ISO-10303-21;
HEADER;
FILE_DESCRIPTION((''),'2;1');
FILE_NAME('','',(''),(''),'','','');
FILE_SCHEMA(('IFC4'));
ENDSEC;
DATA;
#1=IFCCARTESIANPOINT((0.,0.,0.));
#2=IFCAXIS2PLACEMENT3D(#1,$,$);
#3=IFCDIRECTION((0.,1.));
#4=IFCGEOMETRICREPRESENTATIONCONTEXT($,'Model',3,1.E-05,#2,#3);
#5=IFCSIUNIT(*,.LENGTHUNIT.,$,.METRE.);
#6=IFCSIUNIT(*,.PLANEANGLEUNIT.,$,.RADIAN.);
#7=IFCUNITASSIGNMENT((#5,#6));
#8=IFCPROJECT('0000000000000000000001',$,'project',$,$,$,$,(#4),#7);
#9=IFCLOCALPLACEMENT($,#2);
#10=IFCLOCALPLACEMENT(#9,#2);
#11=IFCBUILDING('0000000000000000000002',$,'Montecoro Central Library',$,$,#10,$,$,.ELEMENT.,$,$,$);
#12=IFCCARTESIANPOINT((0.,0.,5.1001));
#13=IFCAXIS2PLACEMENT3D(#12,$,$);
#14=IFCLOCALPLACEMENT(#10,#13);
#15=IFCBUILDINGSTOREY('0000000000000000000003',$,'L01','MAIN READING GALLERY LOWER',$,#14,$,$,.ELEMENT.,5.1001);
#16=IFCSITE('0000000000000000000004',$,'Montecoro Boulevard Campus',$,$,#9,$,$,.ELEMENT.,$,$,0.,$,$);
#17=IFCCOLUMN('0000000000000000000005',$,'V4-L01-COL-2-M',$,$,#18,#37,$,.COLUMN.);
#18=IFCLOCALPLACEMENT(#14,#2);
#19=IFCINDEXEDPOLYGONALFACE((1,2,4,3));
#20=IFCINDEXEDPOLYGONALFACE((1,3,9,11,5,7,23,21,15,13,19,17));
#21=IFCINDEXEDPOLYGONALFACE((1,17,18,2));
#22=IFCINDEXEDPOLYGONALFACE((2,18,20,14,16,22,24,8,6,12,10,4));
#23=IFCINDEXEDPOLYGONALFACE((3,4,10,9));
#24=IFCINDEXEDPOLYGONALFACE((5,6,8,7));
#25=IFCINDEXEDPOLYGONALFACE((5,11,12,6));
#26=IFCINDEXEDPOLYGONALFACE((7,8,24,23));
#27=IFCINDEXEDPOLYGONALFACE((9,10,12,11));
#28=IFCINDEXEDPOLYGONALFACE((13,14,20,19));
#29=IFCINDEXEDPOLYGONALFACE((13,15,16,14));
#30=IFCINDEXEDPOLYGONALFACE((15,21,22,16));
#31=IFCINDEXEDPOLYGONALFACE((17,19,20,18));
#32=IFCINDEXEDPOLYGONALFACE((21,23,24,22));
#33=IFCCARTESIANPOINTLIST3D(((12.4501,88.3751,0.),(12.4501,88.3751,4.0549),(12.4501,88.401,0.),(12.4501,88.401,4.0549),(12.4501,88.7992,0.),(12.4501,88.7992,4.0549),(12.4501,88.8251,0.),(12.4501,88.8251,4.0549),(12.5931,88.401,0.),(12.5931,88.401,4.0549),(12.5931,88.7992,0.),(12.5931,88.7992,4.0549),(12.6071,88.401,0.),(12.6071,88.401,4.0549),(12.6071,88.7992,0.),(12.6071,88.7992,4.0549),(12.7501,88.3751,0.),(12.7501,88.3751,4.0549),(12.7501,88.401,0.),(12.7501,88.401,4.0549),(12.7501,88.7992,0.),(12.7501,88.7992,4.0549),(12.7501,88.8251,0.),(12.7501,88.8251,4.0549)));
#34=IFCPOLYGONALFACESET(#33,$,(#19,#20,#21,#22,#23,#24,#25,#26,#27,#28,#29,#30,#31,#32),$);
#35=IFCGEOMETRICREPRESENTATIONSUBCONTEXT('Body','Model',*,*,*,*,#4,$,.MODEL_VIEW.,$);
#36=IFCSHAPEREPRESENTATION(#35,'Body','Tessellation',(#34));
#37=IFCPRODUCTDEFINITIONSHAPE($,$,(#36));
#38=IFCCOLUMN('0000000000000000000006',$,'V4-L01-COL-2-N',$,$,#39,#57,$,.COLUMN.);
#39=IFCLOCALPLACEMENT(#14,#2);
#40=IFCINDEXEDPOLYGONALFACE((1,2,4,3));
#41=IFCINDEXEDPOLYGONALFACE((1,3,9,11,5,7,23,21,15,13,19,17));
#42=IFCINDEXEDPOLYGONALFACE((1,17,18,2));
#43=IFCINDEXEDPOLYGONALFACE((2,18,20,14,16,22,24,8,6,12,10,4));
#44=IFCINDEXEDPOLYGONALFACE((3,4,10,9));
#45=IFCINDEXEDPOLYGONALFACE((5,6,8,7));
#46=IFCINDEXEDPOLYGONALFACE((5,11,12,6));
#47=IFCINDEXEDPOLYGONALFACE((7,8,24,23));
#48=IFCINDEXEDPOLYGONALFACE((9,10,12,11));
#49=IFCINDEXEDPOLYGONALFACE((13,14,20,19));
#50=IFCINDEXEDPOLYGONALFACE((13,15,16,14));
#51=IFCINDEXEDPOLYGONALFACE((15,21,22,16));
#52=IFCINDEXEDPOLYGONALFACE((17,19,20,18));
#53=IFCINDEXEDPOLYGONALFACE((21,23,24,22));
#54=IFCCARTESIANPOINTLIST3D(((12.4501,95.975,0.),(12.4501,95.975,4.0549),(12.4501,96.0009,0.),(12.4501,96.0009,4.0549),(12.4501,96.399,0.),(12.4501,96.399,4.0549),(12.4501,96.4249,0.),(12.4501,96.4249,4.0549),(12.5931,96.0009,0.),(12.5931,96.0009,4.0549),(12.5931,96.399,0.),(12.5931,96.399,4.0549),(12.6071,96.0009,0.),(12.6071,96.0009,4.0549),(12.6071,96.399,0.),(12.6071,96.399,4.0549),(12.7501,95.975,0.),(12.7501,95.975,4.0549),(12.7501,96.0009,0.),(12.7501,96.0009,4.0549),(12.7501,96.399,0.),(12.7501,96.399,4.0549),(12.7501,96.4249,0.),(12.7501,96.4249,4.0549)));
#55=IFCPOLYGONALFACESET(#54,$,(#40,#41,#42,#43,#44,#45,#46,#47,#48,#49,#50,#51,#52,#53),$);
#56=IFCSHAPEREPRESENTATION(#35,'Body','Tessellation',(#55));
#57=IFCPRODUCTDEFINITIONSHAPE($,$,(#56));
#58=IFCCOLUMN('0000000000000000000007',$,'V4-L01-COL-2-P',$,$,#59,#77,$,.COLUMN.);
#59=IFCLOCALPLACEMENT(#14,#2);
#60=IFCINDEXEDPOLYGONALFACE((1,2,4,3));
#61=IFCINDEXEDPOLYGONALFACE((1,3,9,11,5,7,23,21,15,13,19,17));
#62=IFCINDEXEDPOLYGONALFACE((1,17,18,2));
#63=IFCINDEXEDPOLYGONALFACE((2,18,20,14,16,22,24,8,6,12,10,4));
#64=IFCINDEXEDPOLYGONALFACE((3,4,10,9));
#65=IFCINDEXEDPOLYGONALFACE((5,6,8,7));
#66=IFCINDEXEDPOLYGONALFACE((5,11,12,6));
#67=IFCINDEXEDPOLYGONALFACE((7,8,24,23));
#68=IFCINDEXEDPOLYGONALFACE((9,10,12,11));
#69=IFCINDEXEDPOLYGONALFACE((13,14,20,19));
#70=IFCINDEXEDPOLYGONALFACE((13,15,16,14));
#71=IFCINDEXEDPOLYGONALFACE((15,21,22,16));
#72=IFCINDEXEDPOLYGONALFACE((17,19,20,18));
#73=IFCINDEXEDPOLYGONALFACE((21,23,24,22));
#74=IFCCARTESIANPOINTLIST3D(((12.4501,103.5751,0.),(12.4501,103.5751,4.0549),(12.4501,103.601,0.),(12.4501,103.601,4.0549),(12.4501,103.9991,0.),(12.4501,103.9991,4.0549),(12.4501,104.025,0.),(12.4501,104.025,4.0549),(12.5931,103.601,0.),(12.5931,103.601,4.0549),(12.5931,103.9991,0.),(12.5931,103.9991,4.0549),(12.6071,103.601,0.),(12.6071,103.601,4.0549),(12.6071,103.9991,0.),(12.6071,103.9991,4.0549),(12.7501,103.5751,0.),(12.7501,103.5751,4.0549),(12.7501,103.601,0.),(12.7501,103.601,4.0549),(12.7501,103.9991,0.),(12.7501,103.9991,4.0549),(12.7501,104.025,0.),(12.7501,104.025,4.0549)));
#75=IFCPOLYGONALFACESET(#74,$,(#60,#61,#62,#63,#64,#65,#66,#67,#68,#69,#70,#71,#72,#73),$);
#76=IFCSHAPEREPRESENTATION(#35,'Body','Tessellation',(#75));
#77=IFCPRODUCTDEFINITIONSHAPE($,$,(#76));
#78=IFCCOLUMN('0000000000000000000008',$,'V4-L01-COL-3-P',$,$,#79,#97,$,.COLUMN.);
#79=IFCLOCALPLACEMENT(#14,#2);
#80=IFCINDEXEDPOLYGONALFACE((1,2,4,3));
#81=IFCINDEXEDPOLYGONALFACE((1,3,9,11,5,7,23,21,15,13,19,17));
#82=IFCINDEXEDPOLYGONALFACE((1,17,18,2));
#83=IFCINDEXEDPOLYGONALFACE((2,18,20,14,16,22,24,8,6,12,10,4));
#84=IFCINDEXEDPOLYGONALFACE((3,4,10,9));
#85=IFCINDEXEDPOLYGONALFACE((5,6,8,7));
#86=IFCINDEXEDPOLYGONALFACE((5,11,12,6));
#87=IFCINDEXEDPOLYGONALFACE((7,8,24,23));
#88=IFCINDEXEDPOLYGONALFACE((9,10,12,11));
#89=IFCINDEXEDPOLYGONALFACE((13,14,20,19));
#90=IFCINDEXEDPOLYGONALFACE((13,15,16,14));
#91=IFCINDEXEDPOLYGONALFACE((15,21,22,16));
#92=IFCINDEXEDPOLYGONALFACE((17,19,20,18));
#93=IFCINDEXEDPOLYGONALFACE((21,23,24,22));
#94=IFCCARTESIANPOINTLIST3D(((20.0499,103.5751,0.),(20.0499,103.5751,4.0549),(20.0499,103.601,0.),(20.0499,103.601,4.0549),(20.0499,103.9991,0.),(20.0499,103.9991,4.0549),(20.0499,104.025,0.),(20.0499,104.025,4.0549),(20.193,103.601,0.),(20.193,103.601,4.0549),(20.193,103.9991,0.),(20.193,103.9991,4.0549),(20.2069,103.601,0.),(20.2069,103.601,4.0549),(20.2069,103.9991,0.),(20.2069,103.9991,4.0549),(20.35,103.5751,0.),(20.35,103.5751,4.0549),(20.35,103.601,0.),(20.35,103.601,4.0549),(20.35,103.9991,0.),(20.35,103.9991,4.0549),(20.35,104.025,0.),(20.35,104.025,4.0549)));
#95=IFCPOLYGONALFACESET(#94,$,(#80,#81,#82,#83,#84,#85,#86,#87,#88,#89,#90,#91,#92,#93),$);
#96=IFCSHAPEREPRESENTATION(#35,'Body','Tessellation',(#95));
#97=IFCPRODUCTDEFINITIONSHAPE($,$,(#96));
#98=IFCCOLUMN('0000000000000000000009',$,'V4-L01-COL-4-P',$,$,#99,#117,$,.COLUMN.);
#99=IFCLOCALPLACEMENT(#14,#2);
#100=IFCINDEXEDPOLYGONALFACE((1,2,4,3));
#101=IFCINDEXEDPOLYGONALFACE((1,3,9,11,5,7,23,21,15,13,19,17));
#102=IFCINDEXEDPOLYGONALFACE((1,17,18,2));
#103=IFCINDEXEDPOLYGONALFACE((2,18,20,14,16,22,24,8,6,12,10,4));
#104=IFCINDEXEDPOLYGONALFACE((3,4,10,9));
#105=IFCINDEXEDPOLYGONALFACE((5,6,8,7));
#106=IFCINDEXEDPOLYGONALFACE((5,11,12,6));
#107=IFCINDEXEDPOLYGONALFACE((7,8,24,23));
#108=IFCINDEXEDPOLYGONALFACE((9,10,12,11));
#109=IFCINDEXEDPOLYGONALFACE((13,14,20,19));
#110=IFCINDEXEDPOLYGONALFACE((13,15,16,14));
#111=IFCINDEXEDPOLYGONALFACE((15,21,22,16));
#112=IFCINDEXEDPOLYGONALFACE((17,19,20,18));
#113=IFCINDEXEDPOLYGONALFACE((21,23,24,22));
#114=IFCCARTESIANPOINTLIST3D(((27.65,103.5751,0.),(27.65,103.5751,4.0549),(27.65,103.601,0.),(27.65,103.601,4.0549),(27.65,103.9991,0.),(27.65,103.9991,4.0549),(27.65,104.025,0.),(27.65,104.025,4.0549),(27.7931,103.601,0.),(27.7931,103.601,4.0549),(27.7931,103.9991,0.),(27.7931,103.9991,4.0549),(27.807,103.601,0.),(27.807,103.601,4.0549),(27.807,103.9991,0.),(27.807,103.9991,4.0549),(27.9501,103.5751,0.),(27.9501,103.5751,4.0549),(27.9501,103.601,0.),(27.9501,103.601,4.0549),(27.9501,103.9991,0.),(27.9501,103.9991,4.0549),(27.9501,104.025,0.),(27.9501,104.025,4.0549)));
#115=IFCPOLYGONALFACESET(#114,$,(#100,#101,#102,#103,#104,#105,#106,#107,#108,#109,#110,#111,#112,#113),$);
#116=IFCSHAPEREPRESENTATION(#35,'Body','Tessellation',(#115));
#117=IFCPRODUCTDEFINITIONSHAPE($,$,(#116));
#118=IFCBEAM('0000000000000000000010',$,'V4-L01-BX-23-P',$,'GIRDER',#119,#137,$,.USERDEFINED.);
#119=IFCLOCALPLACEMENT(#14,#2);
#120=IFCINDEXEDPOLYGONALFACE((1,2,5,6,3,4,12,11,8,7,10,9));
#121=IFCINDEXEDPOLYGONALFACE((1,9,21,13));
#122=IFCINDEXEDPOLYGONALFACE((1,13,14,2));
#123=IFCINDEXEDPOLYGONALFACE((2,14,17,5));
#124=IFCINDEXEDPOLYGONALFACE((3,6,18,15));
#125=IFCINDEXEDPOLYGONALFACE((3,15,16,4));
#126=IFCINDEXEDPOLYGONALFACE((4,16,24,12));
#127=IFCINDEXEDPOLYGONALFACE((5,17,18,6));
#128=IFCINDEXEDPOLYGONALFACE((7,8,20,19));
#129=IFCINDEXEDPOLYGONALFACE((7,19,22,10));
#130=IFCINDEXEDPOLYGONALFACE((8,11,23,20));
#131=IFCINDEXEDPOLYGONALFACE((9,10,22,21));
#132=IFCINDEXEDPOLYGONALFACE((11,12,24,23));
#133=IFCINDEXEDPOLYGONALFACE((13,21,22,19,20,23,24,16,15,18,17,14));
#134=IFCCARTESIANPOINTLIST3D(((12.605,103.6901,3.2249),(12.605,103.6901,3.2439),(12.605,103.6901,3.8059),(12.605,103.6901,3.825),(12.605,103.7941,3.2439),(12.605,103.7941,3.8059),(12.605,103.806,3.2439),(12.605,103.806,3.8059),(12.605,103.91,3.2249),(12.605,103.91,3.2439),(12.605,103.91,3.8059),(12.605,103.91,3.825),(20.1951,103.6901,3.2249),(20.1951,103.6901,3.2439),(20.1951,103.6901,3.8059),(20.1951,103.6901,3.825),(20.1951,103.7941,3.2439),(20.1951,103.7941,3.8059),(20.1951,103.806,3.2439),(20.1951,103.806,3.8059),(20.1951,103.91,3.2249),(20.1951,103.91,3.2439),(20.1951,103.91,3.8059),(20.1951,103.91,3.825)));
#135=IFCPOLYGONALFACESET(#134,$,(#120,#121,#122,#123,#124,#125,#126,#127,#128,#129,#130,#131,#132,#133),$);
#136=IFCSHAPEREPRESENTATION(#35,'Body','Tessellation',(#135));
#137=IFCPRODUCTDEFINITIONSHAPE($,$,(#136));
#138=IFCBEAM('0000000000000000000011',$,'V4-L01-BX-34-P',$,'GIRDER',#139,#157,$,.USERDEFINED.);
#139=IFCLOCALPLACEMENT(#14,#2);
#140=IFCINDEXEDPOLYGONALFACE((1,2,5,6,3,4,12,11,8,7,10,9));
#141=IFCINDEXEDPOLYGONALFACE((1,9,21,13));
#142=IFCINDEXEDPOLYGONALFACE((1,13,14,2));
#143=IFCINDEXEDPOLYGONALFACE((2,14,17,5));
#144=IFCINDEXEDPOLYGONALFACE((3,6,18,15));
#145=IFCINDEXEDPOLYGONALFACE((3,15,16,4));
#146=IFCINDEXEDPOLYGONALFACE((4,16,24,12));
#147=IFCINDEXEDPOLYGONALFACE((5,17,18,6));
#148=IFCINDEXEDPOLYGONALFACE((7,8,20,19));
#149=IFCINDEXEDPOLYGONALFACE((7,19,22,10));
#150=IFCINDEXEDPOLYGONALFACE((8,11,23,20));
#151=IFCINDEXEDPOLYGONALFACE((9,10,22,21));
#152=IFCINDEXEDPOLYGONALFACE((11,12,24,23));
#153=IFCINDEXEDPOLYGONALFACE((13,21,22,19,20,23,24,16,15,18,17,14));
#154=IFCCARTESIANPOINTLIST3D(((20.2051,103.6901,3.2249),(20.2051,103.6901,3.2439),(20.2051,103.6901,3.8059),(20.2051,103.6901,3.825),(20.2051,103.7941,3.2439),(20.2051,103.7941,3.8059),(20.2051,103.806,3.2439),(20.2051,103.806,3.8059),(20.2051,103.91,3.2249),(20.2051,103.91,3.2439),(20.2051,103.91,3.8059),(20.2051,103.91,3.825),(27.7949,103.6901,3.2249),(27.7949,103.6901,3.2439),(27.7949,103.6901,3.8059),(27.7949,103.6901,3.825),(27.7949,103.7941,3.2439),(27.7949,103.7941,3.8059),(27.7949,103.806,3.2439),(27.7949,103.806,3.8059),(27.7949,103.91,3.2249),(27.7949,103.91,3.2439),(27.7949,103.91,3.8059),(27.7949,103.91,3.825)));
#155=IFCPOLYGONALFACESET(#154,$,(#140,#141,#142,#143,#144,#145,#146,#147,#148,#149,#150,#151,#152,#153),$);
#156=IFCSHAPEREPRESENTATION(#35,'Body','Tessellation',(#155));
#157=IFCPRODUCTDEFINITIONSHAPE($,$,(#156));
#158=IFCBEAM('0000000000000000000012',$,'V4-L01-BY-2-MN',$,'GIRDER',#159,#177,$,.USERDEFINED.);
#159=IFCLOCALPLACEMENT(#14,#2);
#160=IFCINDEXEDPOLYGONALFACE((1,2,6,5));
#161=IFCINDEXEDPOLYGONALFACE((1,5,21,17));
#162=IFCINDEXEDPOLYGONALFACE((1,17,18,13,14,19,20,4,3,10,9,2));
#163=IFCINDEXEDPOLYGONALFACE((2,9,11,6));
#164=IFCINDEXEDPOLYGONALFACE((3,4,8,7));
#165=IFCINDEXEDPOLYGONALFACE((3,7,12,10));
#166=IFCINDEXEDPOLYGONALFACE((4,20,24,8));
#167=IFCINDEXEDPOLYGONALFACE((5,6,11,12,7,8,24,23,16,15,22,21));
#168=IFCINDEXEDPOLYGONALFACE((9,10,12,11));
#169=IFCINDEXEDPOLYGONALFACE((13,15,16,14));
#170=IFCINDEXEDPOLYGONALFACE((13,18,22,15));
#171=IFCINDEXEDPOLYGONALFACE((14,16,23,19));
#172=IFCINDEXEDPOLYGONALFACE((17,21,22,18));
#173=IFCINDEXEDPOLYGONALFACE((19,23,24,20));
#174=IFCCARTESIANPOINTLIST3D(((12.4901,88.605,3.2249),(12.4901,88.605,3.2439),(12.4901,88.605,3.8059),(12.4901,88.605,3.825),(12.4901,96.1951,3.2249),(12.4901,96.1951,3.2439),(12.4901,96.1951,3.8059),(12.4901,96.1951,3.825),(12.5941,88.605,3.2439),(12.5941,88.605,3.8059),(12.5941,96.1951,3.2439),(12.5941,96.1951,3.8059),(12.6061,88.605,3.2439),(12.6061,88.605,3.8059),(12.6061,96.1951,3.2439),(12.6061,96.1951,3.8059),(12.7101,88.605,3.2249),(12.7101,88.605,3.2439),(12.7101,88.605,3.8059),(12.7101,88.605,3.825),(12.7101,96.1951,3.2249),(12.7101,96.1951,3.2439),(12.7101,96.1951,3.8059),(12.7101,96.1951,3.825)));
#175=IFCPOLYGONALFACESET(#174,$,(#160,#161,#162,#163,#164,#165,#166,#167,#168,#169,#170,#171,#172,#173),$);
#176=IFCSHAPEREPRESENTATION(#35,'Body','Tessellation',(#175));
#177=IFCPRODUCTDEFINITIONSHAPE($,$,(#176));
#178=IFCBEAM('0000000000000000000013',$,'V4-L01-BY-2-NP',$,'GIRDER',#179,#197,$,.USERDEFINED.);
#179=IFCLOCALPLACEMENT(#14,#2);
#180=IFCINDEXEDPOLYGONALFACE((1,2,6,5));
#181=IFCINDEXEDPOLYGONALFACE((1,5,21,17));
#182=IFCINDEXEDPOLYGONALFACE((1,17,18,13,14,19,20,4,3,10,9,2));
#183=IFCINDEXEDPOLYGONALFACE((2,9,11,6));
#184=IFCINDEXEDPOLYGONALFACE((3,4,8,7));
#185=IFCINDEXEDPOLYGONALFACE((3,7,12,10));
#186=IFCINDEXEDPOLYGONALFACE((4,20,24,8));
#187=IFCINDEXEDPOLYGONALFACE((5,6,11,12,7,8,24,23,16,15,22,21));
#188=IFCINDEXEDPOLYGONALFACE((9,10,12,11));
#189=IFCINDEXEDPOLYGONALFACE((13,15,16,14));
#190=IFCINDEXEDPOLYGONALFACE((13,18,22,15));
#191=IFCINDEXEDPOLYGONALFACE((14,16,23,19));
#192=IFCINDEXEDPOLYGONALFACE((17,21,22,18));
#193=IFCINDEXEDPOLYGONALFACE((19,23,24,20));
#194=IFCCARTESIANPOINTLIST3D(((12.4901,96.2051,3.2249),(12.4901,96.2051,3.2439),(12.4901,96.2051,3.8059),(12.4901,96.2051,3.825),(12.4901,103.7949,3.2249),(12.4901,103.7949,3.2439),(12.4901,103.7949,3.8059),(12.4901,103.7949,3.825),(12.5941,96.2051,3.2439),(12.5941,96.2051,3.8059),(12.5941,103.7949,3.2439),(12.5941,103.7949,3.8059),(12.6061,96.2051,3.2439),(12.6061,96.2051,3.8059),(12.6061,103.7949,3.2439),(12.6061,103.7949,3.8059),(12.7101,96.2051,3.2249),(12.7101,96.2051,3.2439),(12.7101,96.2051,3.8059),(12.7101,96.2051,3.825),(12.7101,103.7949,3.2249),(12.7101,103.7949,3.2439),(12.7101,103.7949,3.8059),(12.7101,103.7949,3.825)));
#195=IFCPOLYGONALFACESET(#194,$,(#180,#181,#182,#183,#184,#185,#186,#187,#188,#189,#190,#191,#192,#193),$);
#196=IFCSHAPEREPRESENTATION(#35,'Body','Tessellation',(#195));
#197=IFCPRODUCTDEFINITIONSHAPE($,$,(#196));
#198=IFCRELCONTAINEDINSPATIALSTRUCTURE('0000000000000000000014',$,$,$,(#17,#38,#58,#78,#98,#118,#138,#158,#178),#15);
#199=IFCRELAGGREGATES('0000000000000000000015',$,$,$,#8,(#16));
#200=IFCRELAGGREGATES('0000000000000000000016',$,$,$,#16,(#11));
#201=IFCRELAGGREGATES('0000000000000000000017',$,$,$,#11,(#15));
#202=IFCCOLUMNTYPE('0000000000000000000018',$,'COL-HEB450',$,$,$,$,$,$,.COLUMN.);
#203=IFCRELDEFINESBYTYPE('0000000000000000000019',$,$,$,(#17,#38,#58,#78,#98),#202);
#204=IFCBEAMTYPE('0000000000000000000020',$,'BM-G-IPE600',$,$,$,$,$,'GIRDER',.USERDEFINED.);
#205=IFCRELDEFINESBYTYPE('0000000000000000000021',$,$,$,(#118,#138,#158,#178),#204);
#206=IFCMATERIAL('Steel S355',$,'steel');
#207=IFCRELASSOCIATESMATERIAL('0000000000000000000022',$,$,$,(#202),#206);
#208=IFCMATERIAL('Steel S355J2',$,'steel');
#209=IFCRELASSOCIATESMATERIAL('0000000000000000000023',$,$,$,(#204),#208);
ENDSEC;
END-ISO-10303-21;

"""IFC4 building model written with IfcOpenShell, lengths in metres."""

from ifc_helpers import new_model, si_unit, direction, frame, origin, origin_2d, place, context, subcontext, project, spatial, i_section, extrude, material, material_profile, profile_set, type_object, element, save


model = new_model("IFC4")

# Units and contexts
model_context = context("Model", 3, precision=1e-05, world=origin(), true_north=direction((0.0, 1.0)))
body_context = subcontext(model_context, "Body", "Model", "MODEL_VIEW")
ifc_project = project(units=[si_unit("LENGTHUNIT", "METRE"), si_unit("PLANEANGLEUNIT", "RADIAN")], contexts=[model_context])

# Site, building, storey
site_placement = place(None, origin())
site = spatial("IfcSite", under=ifc_project, at=site_placement, Name="Montecoro Boulevard Campus", CompositionType="ELEMENT", RefElevation=0.0)
building_placement = place(site_placement, origin())
building = spatial("IfcBuilding", under=site, at=building_placement, Name="Montecoro Central Library", CompositionType="ELEMENT")
storey_placement = place(building_placement, frame((0.0, 0.0, 5.1001)))
storey = spatial("IfcBuildingStorey", under=building, at=storey_placement, Name="L01", Description="MAIN READING GALLERY LOWER", CompositionType="ELEMENT", Elevation=5.1001)

# Columns
ifc_material_1 = material(Name="Steel S355", Category="steel")
ifc_material_profile_1 = material_profile(ifc_material_1, i_section(OverallWidth=0.3, OverallDepth=0.45, WebThickness=0.0139, FlangeThickness=0.0259, at=origin_2d()), Name="HEB 450")
ifc_profile_set_1 = profile_set([ifc_material_profile_1], Name="Steel S355")
column_type = type_object("IfcColumnType", Name="COL-HEB450", PredefinedType="COLUMN", material=ifc_profile_set_1)
for number, where, z_axis, x_axis, name in (
    (1, (12.6001, 88.6001, 0.0), (0.0, 0.0, 1.0), (1.0, 0.0, 0.0), "V4-L01-COL-2-M"),
    (2, (12.6001, 96.2, 0.0), (0.0, 0.0, 1.0), (1.0, 0.0, 0.0), "V4-L01-COL-2-N"),
    (3, (12.6001, 103.8, 0.0), (0.0, 0.0, 1.0), (1.0, 0.0, 0.0), "V4-L01-COL-2-P"),
    (4, (20.2, 103.8, 0.0), (0.0, 0.0, 1.0), (1.0, 0.0, 0.0), "V4-L01-COL-3-P"),
    (5, (27.8, 103.8, 0.0), (0.0, 0.0, 1.0), (1.0, 0.0, 0.0), "V4-L01-COL-4-P"),
):
    element("IfcColumn", number, at=place(storey_placement, frame(where, z_axis=z_axis, x_axis=x_axis)), inside=storey, type_object=column_type, Name=name, PredefinedType="COLUMN", context=body_context, shape_type="SweptSolid", body=[
        extrude(i_section(OverallWidth=0.3, OverallDepth=0.45, WebThickness=0.0139, FlangeThickness=0.0259, at=origin_2d()), origin(), (0.0, 0.0, 1.0), 4.0549),
    ])

# Beams
ifc_material_2 = material(Name="Steel S355J2", Category="steel")
ifc_material_profile_2 = material_profile(ifc_material_2, i_section(OverallWidth=0.22, OverallDepth=0.6001, WebThickness=0.012, FlangeThickness=0.019, at=origin_2d()), Name="IPE 600")
ifc_profile_set_2 = profile_set([ifc_material_profile_2], Name="Steel S355J2")
beam_type_1 = type_object("IfcBeamType", Name="BM-G-IPE600", ElementType="GIRDER", PredefinedType="USERDEFINED", material=ifc_profile_set_2)
beam_1_placement = place(storey_placement, frame((12.605, 103.8, 3.5249), z_axis=(1.0, 0.0, 0.0), x_axis=(0.0, 1.0, 0.0)))
element("IfcBeam", 6, at=beam_1_placement, inside=storey, type_object=beam_type_1, Name="V4-L01-BX-23-P", ObjectType="GIRDER", PredefinedType="USERDEFINED", context=body_context, shape_type="SweptSolid", body=[
    extrude(i_section(OverallWidth=0.22, OverallDepth=0.6001, WebThickness=0.012, FlangeThickness=0.019, at=origin_2d()), origin(), (0.0, 0.0, 1.0), 7.5901),
])
beam_2_placement = place(storey_placement, frame((20.2051, 103.8, 3.5249), z_axis=(1.0, 0.0, 0.0), x_axis=(0.0, 1.0, 0.0)))
element("IfcBeam", 7, at=beam_2_placement, inside=storey, type_object=beam_type_1, Name="V4-L01-BX-34-P", ObjectType="GIRDER", PredefinedType="USERDEFINED", context=body_context, shape_type="SweptSolid", body=[
    extrude(i_section(OverallWidth=0.22, OverallDepth=0.6001, WebThickness=0.012, FlangeThickness=0.019, at=origin_2d()), origin(), (0.0, 0.0, 1.0), 7.5898),
])
beam_3_placement = place(storey_placement, frame((12.6001, 88.605, 3.5249), z_axis=(0.0, 1.0, 0.0), x_axis=(-1.0, 0.0, 0.0)))
element("IfcBeam", 8, at=beam_3_placement, inside=storey, type_object=beam_type_1, Name="V4-L01-BY-2-MN", ObjectType="GIRDER", PredefinedType="USERDEFINED", context=body_context, shape_type="SweptSolid", body=[
    extrude(i_section(OverallWidth=0.22, OverallDepth=0.6001, WebThickness=0.012, FlangeThickness=0.019, at=origin_2d()), origin(), (0.0, 0.0, 1.0), 7.5901),
])
beam_4_placement = place(storey_placement, frame((12.6001, 96.2051, 3.5249), z_axis=(0.0, 1.0, 0.0), x_axis=(-1.0, 0.0, 0.0)))
element("IfcBeam", 9, at=beam_4_placement, inside=storey, type_object=beam_type_1, Name="V4-L01-BY-2-NP", ObjectType="GIRDER", PredefinedType="USERDEFINED", context=body_context, shape_type="SweptSolid", body=[
    extrude(i_section(OverallWidth=0.22, OverallDepth=0.6001, WebThickness=0.012, FlangeThickness=0.019, at=origin_2d()), origin(), (0.0, 0.0, 1.0), 7.5898),
])

save(model, "model.ifc")
